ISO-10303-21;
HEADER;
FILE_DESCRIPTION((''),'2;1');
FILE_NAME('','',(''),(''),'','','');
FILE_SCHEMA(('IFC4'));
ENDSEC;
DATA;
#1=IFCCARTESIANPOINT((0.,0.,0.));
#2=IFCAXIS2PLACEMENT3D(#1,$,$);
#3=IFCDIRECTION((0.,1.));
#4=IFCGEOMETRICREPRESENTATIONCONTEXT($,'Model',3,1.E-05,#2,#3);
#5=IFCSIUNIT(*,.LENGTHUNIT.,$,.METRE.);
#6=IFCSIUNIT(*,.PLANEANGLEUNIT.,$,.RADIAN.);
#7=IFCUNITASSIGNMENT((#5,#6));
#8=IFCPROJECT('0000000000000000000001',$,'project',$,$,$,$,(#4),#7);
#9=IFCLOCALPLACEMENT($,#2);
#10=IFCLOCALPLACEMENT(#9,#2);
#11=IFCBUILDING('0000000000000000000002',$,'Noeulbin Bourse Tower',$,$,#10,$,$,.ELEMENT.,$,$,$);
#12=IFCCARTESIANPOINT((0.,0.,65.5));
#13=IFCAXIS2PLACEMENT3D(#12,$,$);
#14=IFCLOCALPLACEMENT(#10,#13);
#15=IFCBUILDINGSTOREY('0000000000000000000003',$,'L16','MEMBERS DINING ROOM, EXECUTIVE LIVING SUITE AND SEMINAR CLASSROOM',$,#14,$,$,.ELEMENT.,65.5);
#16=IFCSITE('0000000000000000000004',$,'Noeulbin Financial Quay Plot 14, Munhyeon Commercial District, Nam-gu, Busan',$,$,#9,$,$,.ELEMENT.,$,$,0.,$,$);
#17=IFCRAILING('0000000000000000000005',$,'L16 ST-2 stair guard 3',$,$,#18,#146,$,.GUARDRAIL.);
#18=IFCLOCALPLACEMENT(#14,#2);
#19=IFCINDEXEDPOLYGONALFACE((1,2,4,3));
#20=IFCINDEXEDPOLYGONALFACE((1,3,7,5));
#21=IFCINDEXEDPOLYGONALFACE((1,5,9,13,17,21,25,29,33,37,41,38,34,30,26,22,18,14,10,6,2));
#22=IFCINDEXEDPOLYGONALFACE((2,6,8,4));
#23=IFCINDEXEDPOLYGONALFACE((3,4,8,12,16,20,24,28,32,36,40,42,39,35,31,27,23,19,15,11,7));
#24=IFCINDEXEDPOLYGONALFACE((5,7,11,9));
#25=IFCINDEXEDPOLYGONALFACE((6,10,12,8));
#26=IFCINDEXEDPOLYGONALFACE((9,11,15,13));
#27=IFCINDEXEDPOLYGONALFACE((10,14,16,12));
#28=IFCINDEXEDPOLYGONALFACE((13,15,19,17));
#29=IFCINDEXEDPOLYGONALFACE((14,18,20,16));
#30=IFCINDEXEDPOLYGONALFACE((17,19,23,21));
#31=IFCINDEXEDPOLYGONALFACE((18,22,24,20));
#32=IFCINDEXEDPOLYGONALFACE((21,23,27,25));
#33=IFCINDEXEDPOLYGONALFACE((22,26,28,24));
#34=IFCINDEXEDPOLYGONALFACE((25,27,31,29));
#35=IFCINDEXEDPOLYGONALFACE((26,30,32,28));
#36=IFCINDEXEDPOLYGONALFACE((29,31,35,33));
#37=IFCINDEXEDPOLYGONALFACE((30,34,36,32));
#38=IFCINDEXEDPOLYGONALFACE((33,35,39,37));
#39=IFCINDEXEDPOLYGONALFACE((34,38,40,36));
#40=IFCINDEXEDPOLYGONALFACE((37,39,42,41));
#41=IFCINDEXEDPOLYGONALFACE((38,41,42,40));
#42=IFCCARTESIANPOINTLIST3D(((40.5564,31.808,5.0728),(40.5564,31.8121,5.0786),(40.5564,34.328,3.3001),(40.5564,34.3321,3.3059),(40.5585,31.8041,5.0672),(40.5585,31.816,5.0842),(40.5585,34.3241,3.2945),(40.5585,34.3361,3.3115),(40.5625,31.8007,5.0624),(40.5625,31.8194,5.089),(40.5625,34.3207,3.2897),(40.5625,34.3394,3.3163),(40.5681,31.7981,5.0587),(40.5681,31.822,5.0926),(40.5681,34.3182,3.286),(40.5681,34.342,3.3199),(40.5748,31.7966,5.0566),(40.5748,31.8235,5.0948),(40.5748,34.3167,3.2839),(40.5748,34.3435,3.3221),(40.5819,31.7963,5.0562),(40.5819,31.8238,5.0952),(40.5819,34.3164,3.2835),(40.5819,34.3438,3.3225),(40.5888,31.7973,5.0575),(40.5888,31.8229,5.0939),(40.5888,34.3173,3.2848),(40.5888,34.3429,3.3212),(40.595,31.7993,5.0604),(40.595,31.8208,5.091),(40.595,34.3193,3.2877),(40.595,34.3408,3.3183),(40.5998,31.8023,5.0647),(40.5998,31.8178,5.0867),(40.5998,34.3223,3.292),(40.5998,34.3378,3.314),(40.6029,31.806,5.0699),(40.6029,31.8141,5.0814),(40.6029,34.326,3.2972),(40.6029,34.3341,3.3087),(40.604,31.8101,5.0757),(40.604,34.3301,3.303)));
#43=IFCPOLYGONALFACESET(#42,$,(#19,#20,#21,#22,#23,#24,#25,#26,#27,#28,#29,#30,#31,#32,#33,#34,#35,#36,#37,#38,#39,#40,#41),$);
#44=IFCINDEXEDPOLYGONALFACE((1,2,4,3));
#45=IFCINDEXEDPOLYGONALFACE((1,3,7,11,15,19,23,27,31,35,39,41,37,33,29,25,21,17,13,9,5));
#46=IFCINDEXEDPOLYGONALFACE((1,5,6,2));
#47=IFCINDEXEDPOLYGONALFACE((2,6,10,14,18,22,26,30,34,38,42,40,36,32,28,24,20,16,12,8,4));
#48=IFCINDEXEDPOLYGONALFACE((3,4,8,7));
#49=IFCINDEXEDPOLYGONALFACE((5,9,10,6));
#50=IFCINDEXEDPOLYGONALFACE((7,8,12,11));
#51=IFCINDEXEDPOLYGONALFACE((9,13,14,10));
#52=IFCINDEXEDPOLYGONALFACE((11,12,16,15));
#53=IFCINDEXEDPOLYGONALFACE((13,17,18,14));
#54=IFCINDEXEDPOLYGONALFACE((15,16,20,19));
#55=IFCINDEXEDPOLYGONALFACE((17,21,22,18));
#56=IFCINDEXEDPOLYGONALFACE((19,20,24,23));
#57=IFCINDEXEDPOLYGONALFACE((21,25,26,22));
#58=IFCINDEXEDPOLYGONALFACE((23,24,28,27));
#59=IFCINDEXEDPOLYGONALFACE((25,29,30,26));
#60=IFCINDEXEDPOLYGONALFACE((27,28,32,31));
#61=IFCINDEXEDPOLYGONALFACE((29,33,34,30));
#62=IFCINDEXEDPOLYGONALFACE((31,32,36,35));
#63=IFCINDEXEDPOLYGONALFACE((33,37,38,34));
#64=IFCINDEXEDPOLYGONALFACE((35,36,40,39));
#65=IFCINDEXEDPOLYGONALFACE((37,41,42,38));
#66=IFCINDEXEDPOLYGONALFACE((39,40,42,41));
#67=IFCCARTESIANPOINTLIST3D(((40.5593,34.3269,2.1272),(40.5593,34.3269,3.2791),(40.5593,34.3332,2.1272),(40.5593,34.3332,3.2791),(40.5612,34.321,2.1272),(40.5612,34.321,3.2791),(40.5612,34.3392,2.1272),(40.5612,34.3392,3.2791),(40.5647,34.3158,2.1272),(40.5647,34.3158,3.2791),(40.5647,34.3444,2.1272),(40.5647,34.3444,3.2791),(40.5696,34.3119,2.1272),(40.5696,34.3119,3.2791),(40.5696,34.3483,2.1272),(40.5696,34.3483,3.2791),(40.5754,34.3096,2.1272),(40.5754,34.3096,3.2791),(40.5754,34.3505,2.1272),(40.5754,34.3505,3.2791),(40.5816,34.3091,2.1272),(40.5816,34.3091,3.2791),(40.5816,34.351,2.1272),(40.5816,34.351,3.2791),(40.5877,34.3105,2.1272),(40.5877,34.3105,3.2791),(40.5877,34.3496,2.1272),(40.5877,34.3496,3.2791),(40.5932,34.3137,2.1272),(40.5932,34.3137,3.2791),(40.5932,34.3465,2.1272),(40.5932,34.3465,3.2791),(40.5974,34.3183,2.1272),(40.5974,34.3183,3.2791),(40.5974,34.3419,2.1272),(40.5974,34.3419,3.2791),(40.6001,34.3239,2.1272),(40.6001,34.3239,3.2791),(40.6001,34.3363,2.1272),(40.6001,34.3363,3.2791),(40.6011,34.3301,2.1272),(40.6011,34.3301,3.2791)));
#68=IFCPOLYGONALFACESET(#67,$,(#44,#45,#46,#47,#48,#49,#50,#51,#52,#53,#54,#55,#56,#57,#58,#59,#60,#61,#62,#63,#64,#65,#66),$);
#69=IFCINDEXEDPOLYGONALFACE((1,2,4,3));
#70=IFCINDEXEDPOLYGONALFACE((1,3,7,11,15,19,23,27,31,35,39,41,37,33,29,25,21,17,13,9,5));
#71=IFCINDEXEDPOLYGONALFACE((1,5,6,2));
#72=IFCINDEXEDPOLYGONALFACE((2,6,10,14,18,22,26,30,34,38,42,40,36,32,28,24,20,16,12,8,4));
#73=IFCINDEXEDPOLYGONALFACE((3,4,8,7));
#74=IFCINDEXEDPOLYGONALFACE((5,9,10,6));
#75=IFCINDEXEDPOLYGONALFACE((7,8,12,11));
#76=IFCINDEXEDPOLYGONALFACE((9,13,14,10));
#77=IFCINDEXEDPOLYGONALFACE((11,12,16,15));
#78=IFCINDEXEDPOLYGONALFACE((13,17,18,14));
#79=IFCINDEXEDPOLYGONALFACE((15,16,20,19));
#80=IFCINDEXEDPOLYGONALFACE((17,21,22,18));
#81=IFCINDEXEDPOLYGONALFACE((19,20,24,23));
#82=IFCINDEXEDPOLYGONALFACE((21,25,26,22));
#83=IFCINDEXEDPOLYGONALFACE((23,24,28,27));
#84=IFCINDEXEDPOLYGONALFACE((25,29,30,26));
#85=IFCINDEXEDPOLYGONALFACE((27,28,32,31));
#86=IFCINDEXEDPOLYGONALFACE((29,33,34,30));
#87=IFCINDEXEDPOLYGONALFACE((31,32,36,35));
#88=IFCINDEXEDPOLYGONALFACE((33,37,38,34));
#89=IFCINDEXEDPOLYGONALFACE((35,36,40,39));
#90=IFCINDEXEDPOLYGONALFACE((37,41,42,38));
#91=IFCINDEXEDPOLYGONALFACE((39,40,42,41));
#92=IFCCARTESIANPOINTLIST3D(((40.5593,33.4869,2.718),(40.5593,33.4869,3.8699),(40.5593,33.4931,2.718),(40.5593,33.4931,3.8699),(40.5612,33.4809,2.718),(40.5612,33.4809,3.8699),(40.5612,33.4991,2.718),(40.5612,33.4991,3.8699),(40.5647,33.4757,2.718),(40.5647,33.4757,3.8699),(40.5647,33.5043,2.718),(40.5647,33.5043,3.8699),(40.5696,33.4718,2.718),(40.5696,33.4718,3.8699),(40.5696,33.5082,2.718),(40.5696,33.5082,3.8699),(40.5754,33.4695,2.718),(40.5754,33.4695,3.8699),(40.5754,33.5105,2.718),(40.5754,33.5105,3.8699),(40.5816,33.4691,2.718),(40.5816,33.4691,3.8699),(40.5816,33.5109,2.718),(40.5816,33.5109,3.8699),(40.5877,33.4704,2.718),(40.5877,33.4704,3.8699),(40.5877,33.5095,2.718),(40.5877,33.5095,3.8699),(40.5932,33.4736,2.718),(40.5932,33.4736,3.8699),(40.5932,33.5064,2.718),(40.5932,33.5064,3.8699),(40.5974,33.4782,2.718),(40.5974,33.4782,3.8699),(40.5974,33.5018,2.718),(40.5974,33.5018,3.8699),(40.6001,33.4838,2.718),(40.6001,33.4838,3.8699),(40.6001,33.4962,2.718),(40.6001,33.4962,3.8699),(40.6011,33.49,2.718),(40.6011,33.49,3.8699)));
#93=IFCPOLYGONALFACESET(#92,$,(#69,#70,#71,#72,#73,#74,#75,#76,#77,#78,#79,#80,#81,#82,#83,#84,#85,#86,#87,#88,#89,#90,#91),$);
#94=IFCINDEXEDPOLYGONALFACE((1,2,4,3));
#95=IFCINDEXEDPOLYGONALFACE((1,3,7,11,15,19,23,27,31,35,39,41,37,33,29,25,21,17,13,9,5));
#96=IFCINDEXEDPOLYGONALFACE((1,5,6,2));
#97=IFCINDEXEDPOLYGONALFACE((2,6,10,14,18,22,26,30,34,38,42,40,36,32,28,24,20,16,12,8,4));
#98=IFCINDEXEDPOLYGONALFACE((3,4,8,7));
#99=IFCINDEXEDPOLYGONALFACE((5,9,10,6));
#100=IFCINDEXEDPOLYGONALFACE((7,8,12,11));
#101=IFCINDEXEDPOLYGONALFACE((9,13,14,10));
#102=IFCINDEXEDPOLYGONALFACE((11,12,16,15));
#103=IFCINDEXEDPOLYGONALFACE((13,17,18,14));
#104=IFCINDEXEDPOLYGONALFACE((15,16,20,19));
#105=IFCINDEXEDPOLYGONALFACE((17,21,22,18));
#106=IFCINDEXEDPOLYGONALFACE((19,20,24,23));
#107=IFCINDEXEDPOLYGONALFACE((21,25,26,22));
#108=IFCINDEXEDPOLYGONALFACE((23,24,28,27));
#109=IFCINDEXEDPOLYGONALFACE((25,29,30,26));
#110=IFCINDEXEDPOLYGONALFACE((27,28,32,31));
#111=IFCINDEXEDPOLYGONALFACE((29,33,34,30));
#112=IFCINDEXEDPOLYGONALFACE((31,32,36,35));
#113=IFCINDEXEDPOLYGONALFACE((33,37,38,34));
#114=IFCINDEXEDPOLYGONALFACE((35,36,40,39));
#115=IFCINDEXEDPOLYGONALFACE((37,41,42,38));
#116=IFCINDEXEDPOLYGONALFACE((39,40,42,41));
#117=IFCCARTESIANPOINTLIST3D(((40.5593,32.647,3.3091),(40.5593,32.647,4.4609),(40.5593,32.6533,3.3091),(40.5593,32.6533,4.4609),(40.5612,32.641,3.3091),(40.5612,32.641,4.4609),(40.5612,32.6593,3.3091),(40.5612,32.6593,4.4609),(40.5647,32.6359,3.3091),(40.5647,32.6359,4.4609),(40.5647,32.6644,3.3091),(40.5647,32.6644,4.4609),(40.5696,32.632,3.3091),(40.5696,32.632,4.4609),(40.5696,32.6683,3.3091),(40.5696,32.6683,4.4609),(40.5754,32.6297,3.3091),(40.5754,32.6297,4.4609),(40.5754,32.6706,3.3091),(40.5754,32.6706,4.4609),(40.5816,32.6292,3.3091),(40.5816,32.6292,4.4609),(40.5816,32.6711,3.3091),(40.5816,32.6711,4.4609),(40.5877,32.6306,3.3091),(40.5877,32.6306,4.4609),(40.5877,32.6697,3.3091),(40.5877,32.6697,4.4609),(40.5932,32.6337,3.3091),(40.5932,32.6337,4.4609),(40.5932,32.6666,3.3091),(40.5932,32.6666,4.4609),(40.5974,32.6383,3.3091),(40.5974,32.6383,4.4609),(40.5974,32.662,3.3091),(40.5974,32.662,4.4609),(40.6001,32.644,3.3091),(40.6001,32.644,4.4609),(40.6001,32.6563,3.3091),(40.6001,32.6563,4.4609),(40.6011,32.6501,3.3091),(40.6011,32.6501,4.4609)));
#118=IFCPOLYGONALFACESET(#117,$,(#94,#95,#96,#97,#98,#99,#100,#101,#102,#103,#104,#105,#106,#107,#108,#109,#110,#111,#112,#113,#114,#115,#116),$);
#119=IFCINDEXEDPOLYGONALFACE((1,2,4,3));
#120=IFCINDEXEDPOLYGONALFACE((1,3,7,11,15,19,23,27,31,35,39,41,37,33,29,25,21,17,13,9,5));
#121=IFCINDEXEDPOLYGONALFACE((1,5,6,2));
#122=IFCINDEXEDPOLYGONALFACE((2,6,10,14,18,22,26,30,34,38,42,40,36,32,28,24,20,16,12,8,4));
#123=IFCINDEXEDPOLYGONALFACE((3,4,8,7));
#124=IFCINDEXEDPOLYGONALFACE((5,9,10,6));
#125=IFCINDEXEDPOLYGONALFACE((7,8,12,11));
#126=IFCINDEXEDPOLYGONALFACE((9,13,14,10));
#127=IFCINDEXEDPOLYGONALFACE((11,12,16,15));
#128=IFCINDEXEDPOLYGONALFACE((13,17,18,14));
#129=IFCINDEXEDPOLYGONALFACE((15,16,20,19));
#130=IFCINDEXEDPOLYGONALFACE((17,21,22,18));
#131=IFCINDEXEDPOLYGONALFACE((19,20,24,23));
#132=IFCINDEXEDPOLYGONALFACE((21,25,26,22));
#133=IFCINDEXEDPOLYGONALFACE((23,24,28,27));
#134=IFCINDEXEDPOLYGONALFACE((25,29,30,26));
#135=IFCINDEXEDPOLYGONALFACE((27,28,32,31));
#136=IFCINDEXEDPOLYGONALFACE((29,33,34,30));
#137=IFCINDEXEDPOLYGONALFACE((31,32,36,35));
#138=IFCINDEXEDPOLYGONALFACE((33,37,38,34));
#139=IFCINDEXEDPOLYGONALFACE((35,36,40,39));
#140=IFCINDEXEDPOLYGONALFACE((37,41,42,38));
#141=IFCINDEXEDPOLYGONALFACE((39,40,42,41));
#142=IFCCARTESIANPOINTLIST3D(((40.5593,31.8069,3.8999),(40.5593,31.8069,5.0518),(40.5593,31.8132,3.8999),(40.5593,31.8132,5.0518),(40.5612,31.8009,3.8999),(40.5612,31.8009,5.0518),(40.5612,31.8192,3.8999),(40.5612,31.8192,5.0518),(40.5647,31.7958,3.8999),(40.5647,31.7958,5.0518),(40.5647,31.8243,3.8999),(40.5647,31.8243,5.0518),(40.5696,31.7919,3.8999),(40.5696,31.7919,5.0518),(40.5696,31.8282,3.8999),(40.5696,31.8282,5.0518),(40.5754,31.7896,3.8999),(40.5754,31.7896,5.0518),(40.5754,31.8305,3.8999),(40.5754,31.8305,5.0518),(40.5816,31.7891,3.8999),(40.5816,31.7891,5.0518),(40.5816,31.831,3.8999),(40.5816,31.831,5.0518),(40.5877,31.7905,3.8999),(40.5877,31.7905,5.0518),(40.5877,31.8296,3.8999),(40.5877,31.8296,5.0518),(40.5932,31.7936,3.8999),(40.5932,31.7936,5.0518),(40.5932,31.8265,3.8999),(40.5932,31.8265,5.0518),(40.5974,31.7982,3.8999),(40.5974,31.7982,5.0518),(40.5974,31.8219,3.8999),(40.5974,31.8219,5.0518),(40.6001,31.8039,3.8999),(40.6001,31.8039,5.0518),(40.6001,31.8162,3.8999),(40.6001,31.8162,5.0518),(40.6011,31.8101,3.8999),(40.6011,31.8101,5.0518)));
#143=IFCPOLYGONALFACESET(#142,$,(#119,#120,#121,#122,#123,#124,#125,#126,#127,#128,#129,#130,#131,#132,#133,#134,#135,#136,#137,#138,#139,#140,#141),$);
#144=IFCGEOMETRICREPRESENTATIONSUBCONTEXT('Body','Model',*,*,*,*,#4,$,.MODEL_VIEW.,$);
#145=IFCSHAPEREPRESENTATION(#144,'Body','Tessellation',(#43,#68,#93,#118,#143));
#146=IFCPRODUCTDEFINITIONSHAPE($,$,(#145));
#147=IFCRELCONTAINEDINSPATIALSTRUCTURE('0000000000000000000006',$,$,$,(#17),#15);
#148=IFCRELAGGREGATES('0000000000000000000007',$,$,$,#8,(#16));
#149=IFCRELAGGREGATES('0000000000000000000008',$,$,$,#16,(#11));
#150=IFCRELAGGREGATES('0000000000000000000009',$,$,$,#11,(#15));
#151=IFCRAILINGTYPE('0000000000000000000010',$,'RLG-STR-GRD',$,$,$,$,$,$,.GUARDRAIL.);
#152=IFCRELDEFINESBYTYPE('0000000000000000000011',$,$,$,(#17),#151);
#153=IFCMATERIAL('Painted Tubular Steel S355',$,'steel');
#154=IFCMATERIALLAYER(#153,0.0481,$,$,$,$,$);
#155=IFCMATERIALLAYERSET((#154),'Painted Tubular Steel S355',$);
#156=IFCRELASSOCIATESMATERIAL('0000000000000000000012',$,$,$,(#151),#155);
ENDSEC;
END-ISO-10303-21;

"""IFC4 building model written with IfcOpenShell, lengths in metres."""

from ifc_helpers import new_model, si_unit, direction, frame, origin, origin_2d, place, context, subcontext, project, spatial, circle, extrude, material, layer, layer_set, type_object, element, save


model = new_model("IFC4")

# Units and contexts
model_context = context("Model", 3, precision=1e-05, world=origin(), true_north=direction((0.0, 1.0)))
body_context = subcontext(model_context, "Body", "Model", "MODEL_VIEW")
ifc_project = project(units=[si_unit("LENGTHUNIT", "METRE"), si_unit("PLANEANGLEUNIT", "RADIAN")], contexts=[model_context])

# Site, building, storey
site_placement = place(None, origin())
site = spatial("IfcSite", under=ifc_project, at=site_placement, Name="Noeulbin Financial Quay Plot 14, Munhyeon Commercial District, Nam-gu, Busan", CompositionType="ELEMENT", RefElevation=0.0)
building_placement = place(site_placement, origin())
building = spatial("IfcBuilding", under=site, at=building_placement, Name="Noeulbin Bourse Tower", CompositionType="ELEMENT")
storey_placement = place(building_placement, frame((0.0, 0.0, 65.5)))
storey = spatial("IfcBuildingStorey", under=building, at=storey_placement, Name="L16", Description="MEMBERS DINING ROOM, EXECUTIVE LIVING SUITE AND SEMINAR CLASSROOM", CompositionType="ELEMENT", Elevation=65.5)

# Railing
ifc_material_1 = material(Name="Painted Tubular Steel S355", Category="steel")
ifc_layer_1 = layer(ifc_material_1, 0.0481)
ifc_layer_set_1 = layer_set([ifc_layer_1], Name="Painted Tubular Steel S355")
railing_type_1 = type_object("IfcRailingType", Name="RLG-STR-GRD", PredefinedType="GUARDRAIL", material=ifc_layer_set_1)
railing_1_placement = place(storey_placement, frame((40.5801, 34.3301, 2.1272)))
element("IfcRailing", 1, at=railing_1_placement, inside=storey, type_object=railing_type_1, Name="L16 ST-2 stair guard 3", PredefinedType="GUARDRAIL", context=body_context, shape_type="SweptSolid", body=[
    extrude(circle(Radius=0.0239, at=origin_2d()), frame((0.0, 0.0, 1.1758), z_axis=(0.0, -0.817904, 0.575354), x_axis=(1.0, 0.0, 0.0)), (0.0, 0.0, 1.0), 3.0811),
    extrude(circle(Radius=0.021, at=origin_2d()), origin(), (0.0, 0.0, 1.0), 1.1519),
    extrude(circle(Radius=0.021, at=origin_2d()), frame((0.0, -0.8401, 0.5908)), (0.0, 0.0, 1.0), 1.1519),
    extrude(circle(Radius=0.021, at=origin_2d()), frame((0.0, -1.6799, 1.1819)), (0.0, 0.0, 1.0), 1.1519),
    extrude(circle(Radius=0.021, at=origin_2d()), frame((0.0, -2.52, 1.7727)), (0.0, 0.0, 1.0), 1.1519),
])

save(model, "model.ifc")
